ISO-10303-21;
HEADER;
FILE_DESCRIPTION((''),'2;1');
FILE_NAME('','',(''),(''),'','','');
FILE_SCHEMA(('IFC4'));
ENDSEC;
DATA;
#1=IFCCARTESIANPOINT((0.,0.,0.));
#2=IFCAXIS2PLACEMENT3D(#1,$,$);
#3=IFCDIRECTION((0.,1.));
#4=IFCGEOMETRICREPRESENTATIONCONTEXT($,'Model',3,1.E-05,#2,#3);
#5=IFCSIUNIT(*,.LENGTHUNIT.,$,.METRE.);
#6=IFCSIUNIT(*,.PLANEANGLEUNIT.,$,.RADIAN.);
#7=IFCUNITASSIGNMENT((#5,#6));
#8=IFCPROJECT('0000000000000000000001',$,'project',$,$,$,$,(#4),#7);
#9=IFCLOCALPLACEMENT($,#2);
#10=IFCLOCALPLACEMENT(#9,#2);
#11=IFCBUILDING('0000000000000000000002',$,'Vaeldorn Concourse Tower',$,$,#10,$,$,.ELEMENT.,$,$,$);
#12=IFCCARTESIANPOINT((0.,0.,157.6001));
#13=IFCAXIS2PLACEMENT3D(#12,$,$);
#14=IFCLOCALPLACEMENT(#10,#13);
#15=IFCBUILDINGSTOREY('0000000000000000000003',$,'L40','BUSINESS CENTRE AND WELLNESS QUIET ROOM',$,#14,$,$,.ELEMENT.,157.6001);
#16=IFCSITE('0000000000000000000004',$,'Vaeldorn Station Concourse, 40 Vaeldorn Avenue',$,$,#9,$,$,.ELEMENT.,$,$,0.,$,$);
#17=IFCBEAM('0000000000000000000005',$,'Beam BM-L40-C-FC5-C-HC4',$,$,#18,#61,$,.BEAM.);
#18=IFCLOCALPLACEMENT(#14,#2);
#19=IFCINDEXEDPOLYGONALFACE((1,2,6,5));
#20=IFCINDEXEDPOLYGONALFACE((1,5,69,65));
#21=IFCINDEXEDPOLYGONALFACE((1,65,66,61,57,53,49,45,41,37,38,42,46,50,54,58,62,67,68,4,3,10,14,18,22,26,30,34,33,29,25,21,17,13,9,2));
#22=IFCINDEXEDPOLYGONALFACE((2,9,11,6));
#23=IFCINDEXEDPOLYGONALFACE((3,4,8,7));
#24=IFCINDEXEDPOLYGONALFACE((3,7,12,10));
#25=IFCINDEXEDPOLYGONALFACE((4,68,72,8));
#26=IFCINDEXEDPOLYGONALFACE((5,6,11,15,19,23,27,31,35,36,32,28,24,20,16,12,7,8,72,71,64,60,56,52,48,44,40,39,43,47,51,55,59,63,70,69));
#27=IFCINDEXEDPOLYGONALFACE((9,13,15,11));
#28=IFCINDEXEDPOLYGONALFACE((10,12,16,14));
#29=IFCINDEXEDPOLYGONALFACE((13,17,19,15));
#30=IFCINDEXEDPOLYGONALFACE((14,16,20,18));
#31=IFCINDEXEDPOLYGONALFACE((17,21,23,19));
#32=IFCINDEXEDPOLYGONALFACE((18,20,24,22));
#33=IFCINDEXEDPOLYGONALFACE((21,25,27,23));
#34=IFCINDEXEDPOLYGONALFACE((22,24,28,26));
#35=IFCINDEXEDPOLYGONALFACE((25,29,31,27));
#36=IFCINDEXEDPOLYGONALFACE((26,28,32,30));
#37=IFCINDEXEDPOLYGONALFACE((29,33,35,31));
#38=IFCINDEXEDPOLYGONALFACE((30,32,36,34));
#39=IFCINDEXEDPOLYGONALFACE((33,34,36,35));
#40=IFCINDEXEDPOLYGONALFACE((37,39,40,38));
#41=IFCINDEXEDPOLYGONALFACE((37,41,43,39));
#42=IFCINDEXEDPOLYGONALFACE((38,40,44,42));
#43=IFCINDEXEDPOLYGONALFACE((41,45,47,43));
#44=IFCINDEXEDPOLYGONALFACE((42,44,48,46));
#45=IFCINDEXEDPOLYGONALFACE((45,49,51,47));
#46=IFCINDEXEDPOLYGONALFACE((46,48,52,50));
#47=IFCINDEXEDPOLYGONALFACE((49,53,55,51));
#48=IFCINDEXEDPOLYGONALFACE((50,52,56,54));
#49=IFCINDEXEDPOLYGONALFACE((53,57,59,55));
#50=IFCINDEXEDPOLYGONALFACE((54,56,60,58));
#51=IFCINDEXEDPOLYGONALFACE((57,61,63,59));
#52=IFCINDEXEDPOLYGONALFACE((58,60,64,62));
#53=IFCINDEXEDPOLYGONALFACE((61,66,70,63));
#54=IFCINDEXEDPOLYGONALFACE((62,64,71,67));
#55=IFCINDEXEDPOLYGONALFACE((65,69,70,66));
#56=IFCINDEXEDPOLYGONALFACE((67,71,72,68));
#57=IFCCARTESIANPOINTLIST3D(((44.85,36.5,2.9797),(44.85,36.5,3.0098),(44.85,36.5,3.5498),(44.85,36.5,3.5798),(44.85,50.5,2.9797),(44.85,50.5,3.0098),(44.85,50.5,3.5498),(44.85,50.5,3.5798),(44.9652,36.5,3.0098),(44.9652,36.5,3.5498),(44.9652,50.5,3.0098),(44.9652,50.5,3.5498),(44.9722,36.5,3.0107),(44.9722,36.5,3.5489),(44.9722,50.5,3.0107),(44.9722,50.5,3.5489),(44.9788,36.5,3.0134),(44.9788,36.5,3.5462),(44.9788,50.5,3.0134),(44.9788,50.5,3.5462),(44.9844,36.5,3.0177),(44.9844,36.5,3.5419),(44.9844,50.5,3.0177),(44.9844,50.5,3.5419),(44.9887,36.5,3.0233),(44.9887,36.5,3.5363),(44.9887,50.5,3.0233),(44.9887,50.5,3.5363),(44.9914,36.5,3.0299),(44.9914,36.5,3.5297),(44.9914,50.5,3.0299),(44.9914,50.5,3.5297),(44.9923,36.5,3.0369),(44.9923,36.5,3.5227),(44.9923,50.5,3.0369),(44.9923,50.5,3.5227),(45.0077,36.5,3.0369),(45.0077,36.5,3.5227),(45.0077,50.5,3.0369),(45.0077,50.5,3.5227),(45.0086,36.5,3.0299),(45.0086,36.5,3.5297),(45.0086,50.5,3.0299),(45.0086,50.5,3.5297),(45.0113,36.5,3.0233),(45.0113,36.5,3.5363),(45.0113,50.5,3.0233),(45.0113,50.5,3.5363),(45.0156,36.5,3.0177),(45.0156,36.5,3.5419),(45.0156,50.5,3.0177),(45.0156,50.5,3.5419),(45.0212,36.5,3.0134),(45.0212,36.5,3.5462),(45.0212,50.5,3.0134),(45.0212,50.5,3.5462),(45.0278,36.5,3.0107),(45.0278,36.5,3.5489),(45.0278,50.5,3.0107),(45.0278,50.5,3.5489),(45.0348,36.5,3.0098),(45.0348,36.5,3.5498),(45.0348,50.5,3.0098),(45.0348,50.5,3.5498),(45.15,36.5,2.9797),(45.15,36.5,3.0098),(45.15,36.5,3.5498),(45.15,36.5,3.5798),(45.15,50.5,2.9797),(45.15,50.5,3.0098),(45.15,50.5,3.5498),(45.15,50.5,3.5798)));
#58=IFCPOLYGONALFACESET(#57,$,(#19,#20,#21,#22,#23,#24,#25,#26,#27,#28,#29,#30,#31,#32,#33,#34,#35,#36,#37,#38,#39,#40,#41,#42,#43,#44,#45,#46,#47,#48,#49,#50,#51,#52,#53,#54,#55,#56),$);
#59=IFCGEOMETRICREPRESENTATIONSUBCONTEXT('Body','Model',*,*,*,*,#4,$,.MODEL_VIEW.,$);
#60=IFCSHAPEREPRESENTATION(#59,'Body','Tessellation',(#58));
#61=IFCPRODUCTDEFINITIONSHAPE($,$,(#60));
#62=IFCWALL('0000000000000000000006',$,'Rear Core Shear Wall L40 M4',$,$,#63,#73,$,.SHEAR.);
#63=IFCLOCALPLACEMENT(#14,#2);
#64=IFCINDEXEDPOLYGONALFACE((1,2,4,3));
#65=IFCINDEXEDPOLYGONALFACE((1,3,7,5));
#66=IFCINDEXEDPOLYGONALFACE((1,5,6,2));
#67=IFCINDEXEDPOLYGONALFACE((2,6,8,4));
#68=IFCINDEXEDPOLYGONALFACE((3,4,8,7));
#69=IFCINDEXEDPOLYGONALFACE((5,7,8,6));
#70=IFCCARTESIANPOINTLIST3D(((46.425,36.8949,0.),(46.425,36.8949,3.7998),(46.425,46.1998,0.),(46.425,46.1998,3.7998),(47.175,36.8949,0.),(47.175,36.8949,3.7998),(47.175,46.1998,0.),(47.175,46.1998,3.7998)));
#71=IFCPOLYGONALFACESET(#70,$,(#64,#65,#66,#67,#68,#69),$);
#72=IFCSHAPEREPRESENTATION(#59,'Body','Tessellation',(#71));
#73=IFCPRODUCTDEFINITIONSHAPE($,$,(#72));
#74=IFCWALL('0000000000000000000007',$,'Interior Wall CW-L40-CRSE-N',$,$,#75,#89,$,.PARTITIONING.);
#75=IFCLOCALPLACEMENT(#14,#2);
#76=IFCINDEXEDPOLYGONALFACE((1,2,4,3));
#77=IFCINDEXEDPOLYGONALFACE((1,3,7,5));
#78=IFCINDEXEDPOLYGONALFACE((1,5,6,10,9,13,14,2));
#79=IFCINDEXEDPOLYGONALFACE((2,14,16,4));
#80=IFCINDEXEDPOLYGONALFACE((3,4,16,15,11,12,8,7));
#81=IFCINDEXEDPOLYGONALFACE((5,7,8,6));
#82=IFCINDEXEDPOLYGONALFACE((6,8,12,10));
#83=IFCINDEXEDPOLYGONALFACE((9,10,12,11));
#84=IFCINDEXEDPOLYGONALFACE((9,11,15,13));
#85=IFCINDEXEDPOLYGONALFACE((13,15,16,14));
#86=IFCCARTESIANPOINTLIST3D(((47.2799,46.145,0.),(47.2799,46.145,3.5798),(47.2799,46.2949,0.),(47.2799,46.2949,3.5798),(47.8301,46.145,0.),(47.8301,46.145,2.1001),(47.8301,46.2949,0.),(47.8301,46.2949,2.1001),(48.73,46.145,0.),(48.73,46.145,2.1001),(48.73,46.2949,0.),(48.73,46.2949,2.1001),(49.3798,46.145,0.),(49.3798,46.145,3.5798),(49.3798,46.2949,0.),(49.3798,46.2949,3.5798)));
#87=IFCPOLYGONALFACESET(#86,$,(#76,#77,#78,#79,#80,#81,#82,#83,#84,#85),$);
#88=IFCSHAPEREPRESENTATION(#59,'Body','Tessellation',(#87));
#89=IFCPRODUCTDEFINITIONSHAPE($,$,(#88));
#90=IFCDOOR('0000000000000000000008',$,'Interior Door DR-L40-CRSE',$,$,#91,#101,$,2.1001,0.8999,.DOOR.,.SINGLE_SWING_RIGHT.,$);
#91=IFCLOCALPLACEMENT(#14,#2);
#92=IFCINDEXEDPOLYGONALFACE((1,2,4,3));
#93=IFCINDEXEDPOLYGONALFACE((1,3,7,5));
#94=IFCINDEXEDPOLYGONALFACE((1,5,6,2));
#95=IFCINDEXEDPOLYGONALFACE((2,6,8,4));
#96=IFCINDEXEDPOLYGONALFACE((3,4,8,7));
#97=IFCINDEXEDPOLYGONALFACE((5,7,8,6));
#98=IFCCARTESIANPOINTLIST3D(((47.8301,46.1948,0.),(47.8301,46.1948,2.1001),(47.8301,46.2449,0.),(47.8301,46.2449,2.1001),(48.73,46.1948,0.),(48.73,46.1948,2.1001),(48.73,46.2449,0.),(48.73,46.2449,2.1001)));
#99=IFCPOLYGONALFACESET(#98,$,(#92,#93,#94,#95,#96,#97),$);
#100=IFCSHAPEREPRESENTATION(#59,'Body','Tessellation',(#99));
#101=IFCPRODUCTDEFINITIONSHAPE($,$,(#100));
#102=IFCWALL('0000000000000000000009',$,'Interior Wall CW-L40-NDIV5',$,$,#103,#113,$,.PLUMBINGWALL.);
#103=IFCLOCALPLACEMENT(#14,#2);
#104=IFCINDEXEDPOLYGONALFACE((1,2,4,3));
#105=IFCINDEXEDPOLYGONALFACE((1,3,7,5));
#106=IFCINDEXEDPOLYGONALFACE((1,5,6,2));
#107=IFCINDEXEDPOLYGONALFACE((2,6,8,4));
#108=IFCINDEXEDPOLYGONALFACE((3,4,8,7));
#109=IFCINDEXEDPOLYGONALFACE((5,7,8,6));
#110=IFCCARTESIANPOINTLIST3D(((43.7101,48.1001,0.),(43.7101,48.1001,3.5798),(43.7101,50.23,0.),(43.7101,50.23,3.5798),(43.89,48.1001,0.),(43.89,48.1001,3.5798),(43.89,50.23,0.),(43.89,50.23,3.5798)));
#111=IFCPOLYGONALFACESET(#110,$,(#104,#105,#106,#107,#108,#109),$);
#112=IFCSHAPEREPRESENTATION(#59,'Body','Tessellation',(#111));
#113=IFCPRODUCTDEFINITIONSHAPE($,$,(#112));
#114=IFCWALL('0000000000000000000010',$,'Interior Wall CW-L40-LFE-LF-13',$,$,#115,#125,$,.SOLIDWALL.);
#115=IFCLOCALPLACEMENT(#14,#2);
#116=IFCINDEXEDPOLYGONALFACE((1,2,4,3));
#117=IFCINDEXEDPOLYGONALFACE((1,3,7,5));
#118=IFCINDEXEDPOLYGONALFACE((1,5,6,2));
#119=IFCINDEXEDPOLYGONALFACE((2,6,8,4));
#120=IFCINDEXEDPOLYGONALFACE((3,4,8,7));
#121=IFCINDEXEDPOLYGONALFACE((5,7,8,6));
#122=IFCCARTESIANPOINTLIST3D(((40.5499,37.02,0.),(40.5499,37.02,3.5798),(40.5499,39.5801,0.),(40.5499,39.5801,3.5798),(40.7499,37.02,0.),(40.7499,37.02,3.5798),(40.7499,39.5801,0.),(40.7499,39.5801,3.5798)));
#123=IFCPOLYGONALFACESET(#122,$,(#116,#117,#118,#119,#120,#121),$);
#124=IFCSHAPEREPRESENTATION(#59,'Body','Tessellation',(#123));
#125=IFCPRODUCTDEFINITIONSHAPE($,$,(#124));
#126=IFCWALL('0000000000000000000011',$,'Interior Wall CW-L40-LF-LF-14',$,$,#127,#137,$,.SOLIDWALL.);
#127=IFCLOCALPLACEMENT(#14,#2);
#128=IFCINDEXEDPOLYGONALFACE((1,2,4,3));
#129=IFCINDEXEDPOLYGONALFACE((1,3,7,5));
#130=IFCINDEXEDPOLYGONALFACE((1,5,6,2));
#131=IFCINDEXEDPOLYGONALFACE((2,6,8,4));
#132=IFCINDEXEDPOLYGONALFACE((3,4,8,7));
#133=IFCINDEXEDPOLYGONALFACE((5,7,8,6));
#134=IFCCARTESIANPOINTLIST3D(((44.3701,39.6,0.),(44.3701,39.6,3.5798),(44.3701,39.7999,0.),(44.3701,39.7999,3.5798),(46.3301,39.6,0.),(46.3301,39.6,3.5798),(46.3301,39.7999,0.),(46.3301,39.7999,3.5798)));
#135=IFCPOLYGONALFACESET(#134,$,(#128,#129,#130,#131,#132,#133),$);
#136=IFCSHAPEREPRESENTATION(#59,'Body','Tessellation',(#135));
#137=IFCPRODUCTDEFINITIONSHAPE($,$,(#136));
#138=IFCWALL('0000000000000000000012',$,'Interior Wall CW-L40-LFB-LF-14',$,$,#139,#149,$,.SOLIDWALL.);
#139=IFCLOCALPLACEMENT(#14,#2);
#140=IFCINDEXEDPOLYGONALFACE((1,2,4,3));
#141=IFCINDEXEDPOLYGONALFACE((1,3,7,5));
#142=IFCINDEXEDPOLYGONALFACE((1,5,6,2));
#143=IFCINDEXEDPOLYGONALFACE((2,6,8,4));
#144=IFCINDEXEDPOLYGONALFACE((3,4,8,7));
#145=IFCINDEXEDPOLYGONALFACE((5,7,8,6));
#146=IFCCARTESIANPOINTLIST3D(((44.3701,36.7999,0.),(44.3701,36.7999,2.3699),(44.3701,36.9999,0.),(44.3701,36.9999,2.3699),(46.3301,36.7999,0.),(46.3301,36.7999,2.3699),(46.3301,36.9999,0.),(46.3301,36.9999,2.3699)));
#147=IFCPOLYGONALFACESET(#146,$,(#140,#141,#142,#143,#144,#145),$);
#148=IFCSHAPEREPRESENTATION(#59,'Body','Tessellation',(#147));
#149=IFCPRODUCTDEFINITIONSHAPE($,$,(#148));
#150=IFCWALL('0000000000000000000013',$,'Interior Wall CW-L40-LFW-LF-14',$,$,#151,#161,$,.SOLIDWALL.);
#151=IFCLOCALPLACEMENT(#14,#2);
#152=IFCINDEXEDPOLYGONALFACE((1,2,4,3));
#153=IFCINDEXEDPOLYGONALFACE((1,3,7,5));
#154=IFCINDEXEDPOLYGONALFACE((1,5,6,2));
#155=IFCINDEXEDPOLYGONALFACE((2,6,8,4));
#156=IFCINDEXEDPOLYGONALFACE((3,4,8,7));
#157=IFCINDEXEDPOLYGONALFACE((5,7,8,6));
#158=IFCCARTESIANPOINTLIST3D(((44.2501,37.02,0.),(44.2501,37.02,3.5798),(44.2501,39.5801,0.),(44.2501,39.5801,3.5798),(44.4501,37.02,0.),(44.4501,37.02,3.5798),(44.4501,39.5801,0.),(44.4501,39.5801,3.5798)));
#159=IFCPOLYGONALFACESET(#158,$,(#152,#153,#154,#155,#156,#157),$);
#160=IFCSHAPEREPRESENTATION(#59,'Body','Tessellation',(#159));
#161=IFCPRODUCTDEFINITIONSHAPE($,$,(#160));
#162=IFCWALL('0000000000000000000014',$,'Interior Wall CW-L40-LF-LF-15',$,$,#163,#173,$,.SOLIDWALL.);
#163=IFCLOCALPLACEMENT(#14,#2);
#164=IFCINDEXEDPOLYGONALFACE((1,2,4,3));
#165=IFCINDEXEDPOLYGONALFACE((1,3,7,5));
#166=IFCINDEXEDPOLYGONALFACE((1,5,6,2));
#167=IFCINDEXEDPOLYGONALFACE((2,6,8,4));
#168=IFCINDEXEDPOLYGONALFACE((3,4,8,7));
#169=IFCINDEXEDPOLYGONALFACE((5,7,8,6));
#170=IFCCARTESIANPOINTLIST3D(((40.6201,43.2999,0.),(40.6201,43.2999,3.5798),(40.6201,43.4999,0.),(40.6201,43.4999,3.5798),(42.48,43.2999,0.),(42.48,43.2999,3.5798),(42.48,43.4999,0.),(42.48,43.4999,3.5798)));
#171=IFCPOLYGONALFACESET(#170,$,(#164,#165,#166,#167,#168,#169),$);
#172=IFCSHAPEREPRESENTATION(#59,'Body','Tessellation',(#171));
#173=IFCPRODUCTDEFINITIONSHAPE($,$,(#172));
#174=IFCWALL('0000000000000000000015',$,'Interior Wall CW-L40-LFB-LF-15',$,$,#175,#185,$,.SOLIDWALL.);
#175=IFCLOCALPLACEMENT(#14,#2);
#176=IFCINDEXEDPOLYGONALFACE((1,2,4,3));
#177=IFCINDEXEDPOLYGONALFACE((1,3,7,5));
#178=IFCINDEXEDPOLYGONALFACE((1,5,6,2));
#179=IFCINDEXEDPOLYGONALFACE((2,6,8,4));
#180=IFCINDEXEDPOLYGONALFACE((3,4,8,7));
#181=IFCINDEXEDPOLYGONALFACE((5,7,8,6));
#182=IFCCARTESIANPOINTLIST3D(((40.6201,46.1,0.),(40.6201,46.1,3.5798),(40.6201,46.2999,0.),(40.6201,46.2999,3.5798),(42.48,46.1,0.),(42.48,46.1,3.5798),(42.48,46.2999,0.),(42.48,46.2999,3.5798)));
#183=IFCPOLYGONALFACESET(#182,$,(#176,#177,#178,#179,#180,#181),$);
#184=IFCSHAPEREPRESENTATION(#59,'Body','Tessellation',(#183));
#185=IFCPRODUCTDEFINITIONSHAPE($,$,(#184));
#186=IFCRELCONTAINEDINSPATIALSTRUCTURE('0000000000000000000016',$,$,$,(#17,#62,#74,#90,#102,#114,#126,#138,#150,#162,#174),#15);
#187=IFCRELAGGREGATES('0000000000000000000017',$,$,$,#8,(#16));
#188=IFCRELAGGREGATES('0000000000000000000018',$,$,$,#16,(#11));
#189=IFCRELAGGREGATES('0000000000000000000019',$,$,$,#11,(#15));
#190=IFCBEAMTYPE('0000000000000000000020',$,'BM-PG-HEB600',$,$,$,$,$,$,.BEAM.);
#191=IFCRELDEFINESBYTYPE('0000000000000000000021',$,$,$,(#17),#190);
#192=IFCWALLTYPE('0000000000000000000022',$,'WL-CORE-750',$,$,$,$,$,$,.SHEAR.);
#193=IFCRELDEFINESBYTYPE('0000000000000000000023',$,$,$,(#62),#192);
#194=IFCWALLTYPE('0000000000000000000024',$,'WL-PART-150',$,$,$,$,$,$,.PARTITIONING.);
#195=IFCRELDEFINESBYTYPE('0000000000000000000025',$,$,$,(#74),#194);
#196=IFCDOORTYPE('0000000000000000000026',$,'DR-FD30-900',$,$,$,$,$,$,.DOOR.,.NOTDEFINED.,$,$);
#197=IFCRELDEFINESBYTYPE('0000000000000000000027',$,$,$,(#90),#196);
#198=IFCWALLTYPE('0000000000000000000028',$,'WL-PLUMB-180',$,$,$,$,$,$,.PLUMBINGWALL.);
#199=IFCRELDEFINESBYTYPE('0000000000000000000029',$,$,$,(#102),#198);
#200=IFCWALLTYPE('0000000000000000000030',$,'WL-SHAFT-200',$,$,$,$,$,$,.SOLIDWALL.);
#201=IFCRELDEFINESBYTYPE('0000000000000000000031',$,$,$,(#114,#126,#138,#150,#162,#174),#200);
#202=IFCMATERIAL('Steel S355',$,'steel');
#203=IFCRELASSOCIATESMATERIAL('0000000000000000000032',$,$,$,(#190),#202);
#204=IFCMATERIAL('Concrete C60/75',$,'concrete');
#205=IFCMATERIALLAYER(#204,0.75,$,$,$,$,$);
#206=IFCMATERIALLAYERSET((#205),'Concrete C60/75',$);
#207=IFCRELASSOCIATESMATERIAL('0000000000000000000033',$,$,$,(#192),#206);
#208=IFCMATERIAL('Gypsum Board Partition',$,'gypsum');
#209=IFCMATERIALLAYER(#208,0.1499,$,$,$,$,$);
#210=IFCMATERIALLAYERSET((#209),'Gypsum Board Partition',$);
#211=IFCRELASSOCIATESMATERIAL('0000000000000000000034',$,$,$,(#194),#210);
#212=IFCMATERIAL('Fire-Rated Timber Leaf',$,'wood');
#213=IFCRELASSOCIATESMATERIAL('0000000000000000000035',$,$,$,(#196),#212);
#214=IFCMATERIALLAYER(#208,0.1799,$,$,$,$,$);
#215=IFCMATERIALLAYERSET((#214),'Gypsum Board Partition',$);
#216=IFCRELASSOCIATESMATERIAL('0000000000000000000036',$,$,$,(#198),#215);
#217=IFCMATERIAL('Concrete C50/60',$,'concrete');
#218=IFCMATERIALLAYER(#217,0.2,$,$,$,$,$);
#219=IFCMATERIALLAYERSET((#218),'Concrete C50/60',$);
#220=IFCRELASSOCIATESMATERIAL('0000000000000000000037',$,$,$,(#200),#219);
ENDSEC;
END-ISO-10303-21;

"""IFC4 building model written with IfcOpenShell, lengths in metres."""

from ifc_helpers import new_model, si_unit, direction, frame, frame_2d, origin, origin_2d, place, context, subcontext, project, spatial, rectangle, i_section, extrude, source, transform, mapped, material, layer, layer_set, material_profile, profile_set, type_object, element, fill, save


model = new_model("IFC4")

# Units and contexts
model_context = context("Model", 3, precision=1e-05, world=origin(), true_north=direction((0.0, 1.0)))
body_context = subcontext(model_context, "Body", "Model", "MODEL_VIEW")
ifc_project = project(units=[si_unit("LENGTHUNIT", "METRE"), si_unit("PLANEANGLEUNIT", "RADIAN")], contexts=[model_context])

# Site, building, storey
site_placement = place(None, origin())
site = spatial("IfcSite", under=ifc_project, at=site_placement, Name="Vaeldorn Station Concourse, 40 Vaeldorn Avenue", CompositionType="ELEMENT", RefElevation=0.0)
building_placement = place(site_placement, origin())
building = spatial("IfcBuilding", under=site, at=building_placement, Name="Vaeldorn Concourse Tower", CompositionType="ELEMENT")
storey_placement = place(building_placement, frame((0.0, 0.0, 157.6001)))
storey = spatial("IfcBuildingStorey", under=building, at=storey_placement, Name="L40", Description="BUSINESS CENTRE AND WELLNESS QUIET ROOM", CompositionType="ELEMENT", Elevation=157.6001)

# Beam
ifc_material_1 = material(Name="Concrete C60/75", Category="concrete")
ifc_material_2 = material(Name="Steel S355", Category="steel")
ifc_material_profile_1 = material_profile(ifc_material_2, i_section(OverallWidth=0.3, OverallDepth=0.6001, WebThickness=0.0154, FlangeThickness=0.03, FilletRadius=0.0271, at=origin_2d()), Name="HEB 600")
ifc_profile_set_1 = profile_set([ifc_material_profile_1], Name="Steel S355")
beam_type_1 = type_object("IfcBeamType", Name="BM-PG-HEB600", PredefinedType="BEAM", material=ifc_profile_set_1)
shared_shape_1 = source(origin(), body_context, "Body", "SweptSolid", [
    extrude(i_section(OverallWidth=0.3, OverallDepth=0.6001, WebThickness=0.0154, FlangeThickness=0.03, FilletRadius=0.0271, at=origin_2d()), origin(), (0.0, 0.0, 1.0), 14.0),
])
beam_1_placement = place(storey_placement, frame((45.0, 36.5, 3.2798), z_axis=(0.0, 1.0, 0.0), x_axis=(-1.0, 0.0, 0.0)))
element("IfcBeam", 1, at=beam_1_placement, inside=storey, type_object=beam_type_1, Name="Beam BM-L40-C-FC5-C-HC4", PredefinedType="BEAM", context=body_context, shape_type="MappedRepresentation", body=[
    mapped(shared_shape_1, transform((0.0, 0.0, 0.0), scale=1.0)),
])

# Wall
ifc_layer_1 = layer(ifc_material_1, 0.75)
ifc_layer_set_1 = layer_set([ifc_layer_1], Name="Concrete C60/75")
wall_type_1 = type_object("IfcWallType", Name="WL-CORE-750", PredefinedType="SHEAR", material=ifc_layer_set_1)
wall_1_placement = place(storey_placement, frame((46.8, 36.895, 0.0), z_axis=(0.0, 0.0, 1.0), x_axis=(0.0, 1.0, 0.0)))
element("IfcWall", 2, at=wall_1_placement, inside=storey, type_object=wall_type_1, Name="Rear Core Shear Wall L40 M4", PredefinedType="SHEAR", context=body_context, shape_type="SweptSolid", body=[
    extrude(rectangle(XDim=9.3049, YDim=0.75, at=frame_2d((4.6523, 0.0))), origin(), (0.0, 0.0, 1.0), 3.7998),
])

# Wall, opening, door
ifc_material_3 = material(Name="Gypsum Board Partition", Category="gypsum")
ifc_layer_2 = layer(ifc_material_3, 0.1499)
ifc_layer_set_2 = layer_set([ifc_layer_2], Name="Gypsum Board Partition")
wall_type_2 = type_object("IfcWallType", Name="WL-PART-150", PredefinedType="PARTITIONING", material=ifc_layer_set_2)
wall_2_placement = place(storey_placement, frame((47.28, 46.22, 0.0), z_axis=(0.0, 0.0, 1.0), x_axis=(1.0, 0.0, 0.0)))
wall_2 = element("IfcWall", 3, at=wall_2_placement, inside=storey, type_object=wall_type_2, Name="Interior Wall CW-L40-CRSE-N", PredefinedType="PARTITIONING", context=body_context, shape_type="SweptSolid", body=[
    extrude(rectangle(XDim=2.0999, YDim=0.1499, at=frame_2d((1.0498, 0.0))), origin(), (0.0, 0.0, 1.0), 3.5798),
])
opening_1_placement = place(wall_2_placement, frame((0.55, 0.0, 0.0)))
opening_1 = element("IfcOpeningElement", 4, at=opening_1_placement, cuts=wall_2, PredefinedType="OPENING", context=body_context, shape_type="SweptSolid", body=[
    extrude(rectangle(XDim=0.8999, YDim=2.1001, at=frame_2d((0.45, 1.05))), frame((0.0, 0.085, 0.0), z_axis=(0.0, -1.0, 0.0), x_axis=(1.0, 0.0, 0.0)), (0.0, 0.0, 1.0), 0.1699),
])
ifc_material_4 = material(Name="Fire-Rated Timber Leaf", Category="wood")
door_type_1 = type_object("IfcDoorType", Name="DR-FD30-900", OperationType="NOTDEFINED", PredefinedType="DOOR", material=ifc_material_4)
shared_shape_2 = source(origin(), body_context, "Body", "SweptSolid", [
    extrude(rectangle(XDim=0.8999, YDim=2.1001, at=frame_2d((0.45, 1.05))), frame((0.0, 0.0249, 0.0), z_axis=(0.0, -1.0, 0.0), x_axis=(1.0, 0.0, 0.0)), (0.0, 0.0, 1.0), 0.05),
])
door_1_placement = place(opening_1_placement, origin())
door_1 = element("IfcDoor", 5, at=door_1_placement, inside=storey, type_object=door_type_1, Name="Interior Door DR-L40-CRSE", OperationType="SINGLE_SWING_RIGHT", OverallHeight=2.1001, OverallWidth=0.8999, PredefinedType="DOOR", context=body_context, shape_type="MappedRepresentation", body=[
    mapped(shared_shape_2, transform((0.0, 0.0, 0.0), scale=1.0)),
])
fill(opening_1, door_1)

# Wall
ifc_layer_3 = layer(ifc_material_3, 0.1799)
ifc_layer_set_3 = layer_set([ifc_layer_3], Name="Gypsum Board Partition")
wall_type_3 = type_object("IfcWallType", Name="WL-PLUMB-180", PredefinedType="PLUMBINGWALL", material=ifc_layer_set_3)
wall_3_placement = place(storey_placement, frame((43.8, 48.1001, 0.0), z_axis=(0.0, 0.0, 1.0), x_axis=(0.0, 1.0, 0.0)))
element("IfcWall", 6, at=wall_3_placement, inside=storey, type_object=wall_type_3, Name="Interior Wall CW-L40-NDIV5", PredefinedType="PLUMBINGWALL", context=body_context, shape_type="SweptSolid", body=[
    extrude(rectangle(XDim=2.1299, YDim=0.1799, at=frame_2d((1.0649, 0.0))), origin(), (0.0, 0.0, 1.0), 3.5798),
])

# Shared definitions
ifc_material_5 = material(Name="Concrete C50/60", Category="concrete")
ifc_layer_4 = layer(ifc_material_5, 0.2)
ifc_layer_set_4 = layer_set([ifc_layer_4], Name="Concrete C50/60")
wall_type_4 = type_object("IfcWallType", Name="WL-SHAFT-200", PredefinedType="SOLIDWALL", material=ifc_layer_set_4)

# Walls
wall_4_placement = place(storey_placement, frame((40.6499, 37.02, 0.0), z_axis=(0.0, 0.0, 1.0), x_axis=(0.0, 1.0, 0.0)))
element("IfcWall", 7, at=wall_4_placement, inside=storey, type_object=wall_type_4, Name="Interior Wall CW-L40-LFE-LF-13", PredefinedType="SOLIDWALL", context=body_context, shape_type="SweptSolid", body=[
    extrude(rectangle(XDim=2.5601, YDim=0.2, at=frame_2d((1.28, 0.0))), origin(), (0.0, 0.0, 1.0), 3.5798),
])
wall_5_placement = place(storey_placement, frame((44.3701, 39.7, 0.0), z_axis=(0.0, 0.0, 1.0), x_axis=(1.0, 0.0, 0.0)))
element("IfcWall", 8, at=wall_5_placement, inside=storey, type_object=wall_type_4, Name="Interior Wall CW-L40-LF-LF-14", PredefinedType="SOLIDWALL", context=body_context, shape_type="SweptSolid", body=[
    extrude(rectangle(XDim=1.96, YDim=0.2, at=frame_2d((0.98, 0.0))), origin(), (0.0, 0.0, 1.0), 3.5798),
])
wall_6_placement = place(storey_placement, frame((44.3701, 36.8999, 0.0), z_axis=(0.0, 0.0, 1.0), x_axis=(1.0, 0.0, 0.0)))
element("IfcWall", 9, at=wall_6_placement, inside=storey, type_object=wall_type_4, Name="Interior Wall CW-L40-LFB-LF-14", PredefinedType="SOLIDWALL", context=body_context, shape_type="SweptSolid", body=[
    extrude(rectangle(XDim=1.96, YDim=0.2, at=frame_2d((0.98, 0.0))), origin(), (0.0, 0.0, 1.0), 2.3699),
])
wall_7_placement = place(storey_placement, frame((44.3501, 37.02, 0.0), z_axis=(0.0, 0.0, 1.0), x_axis=(0.0, 1.0, 0.0)))
element("IfcWall", 10, at=wall_7_placement, inside=storey, type_object=wall_type_4, Name="Interior Wall CW-L40-LFW-LF-14", PredefinedType="SOLIDWALL", context=body_context, shape_type="SweptSolid", body=[
    extrude(rectangle(XDim=2.5601, YDim=0.2, at=frame_2d((1.28, 0.0))), origin(), (0.0, 0.0, 1.0), 3.5798),
])
for number, where, z_axis, x_axis, name in (
    (11, (40.6201, 43.3999, 0.0), (0.0, 0.0, 1.0), (1.0, 0.0, 0.0), "Interior Wall CW-L40-LF-LF-15"),
    (12, (40.6201, 46.2, 0.0), (0.0, 0.0, 1.0), (1.0, 0.0, 0.0), "Interior Wall CW-L40-LFB-LF-15"),
):
    element("IfcWall", number, at=place(storey_placement, frame(where, z_axis=z_axis, x_axis=x_axis)), inside=storey, type_object=wall_type_4, Name=name, PredefinedType="SOLIDWALL", context=body_context, shape_type="SweptSolid", body=[
        extrude(rectangle(XDim=1.8599, YDim=0.2, at=frame_2d((0.9299, 0.0))), origin(), (0.0, 0.0, 1.0), 3.5798),
    ])

save(model, "model.ifc")
